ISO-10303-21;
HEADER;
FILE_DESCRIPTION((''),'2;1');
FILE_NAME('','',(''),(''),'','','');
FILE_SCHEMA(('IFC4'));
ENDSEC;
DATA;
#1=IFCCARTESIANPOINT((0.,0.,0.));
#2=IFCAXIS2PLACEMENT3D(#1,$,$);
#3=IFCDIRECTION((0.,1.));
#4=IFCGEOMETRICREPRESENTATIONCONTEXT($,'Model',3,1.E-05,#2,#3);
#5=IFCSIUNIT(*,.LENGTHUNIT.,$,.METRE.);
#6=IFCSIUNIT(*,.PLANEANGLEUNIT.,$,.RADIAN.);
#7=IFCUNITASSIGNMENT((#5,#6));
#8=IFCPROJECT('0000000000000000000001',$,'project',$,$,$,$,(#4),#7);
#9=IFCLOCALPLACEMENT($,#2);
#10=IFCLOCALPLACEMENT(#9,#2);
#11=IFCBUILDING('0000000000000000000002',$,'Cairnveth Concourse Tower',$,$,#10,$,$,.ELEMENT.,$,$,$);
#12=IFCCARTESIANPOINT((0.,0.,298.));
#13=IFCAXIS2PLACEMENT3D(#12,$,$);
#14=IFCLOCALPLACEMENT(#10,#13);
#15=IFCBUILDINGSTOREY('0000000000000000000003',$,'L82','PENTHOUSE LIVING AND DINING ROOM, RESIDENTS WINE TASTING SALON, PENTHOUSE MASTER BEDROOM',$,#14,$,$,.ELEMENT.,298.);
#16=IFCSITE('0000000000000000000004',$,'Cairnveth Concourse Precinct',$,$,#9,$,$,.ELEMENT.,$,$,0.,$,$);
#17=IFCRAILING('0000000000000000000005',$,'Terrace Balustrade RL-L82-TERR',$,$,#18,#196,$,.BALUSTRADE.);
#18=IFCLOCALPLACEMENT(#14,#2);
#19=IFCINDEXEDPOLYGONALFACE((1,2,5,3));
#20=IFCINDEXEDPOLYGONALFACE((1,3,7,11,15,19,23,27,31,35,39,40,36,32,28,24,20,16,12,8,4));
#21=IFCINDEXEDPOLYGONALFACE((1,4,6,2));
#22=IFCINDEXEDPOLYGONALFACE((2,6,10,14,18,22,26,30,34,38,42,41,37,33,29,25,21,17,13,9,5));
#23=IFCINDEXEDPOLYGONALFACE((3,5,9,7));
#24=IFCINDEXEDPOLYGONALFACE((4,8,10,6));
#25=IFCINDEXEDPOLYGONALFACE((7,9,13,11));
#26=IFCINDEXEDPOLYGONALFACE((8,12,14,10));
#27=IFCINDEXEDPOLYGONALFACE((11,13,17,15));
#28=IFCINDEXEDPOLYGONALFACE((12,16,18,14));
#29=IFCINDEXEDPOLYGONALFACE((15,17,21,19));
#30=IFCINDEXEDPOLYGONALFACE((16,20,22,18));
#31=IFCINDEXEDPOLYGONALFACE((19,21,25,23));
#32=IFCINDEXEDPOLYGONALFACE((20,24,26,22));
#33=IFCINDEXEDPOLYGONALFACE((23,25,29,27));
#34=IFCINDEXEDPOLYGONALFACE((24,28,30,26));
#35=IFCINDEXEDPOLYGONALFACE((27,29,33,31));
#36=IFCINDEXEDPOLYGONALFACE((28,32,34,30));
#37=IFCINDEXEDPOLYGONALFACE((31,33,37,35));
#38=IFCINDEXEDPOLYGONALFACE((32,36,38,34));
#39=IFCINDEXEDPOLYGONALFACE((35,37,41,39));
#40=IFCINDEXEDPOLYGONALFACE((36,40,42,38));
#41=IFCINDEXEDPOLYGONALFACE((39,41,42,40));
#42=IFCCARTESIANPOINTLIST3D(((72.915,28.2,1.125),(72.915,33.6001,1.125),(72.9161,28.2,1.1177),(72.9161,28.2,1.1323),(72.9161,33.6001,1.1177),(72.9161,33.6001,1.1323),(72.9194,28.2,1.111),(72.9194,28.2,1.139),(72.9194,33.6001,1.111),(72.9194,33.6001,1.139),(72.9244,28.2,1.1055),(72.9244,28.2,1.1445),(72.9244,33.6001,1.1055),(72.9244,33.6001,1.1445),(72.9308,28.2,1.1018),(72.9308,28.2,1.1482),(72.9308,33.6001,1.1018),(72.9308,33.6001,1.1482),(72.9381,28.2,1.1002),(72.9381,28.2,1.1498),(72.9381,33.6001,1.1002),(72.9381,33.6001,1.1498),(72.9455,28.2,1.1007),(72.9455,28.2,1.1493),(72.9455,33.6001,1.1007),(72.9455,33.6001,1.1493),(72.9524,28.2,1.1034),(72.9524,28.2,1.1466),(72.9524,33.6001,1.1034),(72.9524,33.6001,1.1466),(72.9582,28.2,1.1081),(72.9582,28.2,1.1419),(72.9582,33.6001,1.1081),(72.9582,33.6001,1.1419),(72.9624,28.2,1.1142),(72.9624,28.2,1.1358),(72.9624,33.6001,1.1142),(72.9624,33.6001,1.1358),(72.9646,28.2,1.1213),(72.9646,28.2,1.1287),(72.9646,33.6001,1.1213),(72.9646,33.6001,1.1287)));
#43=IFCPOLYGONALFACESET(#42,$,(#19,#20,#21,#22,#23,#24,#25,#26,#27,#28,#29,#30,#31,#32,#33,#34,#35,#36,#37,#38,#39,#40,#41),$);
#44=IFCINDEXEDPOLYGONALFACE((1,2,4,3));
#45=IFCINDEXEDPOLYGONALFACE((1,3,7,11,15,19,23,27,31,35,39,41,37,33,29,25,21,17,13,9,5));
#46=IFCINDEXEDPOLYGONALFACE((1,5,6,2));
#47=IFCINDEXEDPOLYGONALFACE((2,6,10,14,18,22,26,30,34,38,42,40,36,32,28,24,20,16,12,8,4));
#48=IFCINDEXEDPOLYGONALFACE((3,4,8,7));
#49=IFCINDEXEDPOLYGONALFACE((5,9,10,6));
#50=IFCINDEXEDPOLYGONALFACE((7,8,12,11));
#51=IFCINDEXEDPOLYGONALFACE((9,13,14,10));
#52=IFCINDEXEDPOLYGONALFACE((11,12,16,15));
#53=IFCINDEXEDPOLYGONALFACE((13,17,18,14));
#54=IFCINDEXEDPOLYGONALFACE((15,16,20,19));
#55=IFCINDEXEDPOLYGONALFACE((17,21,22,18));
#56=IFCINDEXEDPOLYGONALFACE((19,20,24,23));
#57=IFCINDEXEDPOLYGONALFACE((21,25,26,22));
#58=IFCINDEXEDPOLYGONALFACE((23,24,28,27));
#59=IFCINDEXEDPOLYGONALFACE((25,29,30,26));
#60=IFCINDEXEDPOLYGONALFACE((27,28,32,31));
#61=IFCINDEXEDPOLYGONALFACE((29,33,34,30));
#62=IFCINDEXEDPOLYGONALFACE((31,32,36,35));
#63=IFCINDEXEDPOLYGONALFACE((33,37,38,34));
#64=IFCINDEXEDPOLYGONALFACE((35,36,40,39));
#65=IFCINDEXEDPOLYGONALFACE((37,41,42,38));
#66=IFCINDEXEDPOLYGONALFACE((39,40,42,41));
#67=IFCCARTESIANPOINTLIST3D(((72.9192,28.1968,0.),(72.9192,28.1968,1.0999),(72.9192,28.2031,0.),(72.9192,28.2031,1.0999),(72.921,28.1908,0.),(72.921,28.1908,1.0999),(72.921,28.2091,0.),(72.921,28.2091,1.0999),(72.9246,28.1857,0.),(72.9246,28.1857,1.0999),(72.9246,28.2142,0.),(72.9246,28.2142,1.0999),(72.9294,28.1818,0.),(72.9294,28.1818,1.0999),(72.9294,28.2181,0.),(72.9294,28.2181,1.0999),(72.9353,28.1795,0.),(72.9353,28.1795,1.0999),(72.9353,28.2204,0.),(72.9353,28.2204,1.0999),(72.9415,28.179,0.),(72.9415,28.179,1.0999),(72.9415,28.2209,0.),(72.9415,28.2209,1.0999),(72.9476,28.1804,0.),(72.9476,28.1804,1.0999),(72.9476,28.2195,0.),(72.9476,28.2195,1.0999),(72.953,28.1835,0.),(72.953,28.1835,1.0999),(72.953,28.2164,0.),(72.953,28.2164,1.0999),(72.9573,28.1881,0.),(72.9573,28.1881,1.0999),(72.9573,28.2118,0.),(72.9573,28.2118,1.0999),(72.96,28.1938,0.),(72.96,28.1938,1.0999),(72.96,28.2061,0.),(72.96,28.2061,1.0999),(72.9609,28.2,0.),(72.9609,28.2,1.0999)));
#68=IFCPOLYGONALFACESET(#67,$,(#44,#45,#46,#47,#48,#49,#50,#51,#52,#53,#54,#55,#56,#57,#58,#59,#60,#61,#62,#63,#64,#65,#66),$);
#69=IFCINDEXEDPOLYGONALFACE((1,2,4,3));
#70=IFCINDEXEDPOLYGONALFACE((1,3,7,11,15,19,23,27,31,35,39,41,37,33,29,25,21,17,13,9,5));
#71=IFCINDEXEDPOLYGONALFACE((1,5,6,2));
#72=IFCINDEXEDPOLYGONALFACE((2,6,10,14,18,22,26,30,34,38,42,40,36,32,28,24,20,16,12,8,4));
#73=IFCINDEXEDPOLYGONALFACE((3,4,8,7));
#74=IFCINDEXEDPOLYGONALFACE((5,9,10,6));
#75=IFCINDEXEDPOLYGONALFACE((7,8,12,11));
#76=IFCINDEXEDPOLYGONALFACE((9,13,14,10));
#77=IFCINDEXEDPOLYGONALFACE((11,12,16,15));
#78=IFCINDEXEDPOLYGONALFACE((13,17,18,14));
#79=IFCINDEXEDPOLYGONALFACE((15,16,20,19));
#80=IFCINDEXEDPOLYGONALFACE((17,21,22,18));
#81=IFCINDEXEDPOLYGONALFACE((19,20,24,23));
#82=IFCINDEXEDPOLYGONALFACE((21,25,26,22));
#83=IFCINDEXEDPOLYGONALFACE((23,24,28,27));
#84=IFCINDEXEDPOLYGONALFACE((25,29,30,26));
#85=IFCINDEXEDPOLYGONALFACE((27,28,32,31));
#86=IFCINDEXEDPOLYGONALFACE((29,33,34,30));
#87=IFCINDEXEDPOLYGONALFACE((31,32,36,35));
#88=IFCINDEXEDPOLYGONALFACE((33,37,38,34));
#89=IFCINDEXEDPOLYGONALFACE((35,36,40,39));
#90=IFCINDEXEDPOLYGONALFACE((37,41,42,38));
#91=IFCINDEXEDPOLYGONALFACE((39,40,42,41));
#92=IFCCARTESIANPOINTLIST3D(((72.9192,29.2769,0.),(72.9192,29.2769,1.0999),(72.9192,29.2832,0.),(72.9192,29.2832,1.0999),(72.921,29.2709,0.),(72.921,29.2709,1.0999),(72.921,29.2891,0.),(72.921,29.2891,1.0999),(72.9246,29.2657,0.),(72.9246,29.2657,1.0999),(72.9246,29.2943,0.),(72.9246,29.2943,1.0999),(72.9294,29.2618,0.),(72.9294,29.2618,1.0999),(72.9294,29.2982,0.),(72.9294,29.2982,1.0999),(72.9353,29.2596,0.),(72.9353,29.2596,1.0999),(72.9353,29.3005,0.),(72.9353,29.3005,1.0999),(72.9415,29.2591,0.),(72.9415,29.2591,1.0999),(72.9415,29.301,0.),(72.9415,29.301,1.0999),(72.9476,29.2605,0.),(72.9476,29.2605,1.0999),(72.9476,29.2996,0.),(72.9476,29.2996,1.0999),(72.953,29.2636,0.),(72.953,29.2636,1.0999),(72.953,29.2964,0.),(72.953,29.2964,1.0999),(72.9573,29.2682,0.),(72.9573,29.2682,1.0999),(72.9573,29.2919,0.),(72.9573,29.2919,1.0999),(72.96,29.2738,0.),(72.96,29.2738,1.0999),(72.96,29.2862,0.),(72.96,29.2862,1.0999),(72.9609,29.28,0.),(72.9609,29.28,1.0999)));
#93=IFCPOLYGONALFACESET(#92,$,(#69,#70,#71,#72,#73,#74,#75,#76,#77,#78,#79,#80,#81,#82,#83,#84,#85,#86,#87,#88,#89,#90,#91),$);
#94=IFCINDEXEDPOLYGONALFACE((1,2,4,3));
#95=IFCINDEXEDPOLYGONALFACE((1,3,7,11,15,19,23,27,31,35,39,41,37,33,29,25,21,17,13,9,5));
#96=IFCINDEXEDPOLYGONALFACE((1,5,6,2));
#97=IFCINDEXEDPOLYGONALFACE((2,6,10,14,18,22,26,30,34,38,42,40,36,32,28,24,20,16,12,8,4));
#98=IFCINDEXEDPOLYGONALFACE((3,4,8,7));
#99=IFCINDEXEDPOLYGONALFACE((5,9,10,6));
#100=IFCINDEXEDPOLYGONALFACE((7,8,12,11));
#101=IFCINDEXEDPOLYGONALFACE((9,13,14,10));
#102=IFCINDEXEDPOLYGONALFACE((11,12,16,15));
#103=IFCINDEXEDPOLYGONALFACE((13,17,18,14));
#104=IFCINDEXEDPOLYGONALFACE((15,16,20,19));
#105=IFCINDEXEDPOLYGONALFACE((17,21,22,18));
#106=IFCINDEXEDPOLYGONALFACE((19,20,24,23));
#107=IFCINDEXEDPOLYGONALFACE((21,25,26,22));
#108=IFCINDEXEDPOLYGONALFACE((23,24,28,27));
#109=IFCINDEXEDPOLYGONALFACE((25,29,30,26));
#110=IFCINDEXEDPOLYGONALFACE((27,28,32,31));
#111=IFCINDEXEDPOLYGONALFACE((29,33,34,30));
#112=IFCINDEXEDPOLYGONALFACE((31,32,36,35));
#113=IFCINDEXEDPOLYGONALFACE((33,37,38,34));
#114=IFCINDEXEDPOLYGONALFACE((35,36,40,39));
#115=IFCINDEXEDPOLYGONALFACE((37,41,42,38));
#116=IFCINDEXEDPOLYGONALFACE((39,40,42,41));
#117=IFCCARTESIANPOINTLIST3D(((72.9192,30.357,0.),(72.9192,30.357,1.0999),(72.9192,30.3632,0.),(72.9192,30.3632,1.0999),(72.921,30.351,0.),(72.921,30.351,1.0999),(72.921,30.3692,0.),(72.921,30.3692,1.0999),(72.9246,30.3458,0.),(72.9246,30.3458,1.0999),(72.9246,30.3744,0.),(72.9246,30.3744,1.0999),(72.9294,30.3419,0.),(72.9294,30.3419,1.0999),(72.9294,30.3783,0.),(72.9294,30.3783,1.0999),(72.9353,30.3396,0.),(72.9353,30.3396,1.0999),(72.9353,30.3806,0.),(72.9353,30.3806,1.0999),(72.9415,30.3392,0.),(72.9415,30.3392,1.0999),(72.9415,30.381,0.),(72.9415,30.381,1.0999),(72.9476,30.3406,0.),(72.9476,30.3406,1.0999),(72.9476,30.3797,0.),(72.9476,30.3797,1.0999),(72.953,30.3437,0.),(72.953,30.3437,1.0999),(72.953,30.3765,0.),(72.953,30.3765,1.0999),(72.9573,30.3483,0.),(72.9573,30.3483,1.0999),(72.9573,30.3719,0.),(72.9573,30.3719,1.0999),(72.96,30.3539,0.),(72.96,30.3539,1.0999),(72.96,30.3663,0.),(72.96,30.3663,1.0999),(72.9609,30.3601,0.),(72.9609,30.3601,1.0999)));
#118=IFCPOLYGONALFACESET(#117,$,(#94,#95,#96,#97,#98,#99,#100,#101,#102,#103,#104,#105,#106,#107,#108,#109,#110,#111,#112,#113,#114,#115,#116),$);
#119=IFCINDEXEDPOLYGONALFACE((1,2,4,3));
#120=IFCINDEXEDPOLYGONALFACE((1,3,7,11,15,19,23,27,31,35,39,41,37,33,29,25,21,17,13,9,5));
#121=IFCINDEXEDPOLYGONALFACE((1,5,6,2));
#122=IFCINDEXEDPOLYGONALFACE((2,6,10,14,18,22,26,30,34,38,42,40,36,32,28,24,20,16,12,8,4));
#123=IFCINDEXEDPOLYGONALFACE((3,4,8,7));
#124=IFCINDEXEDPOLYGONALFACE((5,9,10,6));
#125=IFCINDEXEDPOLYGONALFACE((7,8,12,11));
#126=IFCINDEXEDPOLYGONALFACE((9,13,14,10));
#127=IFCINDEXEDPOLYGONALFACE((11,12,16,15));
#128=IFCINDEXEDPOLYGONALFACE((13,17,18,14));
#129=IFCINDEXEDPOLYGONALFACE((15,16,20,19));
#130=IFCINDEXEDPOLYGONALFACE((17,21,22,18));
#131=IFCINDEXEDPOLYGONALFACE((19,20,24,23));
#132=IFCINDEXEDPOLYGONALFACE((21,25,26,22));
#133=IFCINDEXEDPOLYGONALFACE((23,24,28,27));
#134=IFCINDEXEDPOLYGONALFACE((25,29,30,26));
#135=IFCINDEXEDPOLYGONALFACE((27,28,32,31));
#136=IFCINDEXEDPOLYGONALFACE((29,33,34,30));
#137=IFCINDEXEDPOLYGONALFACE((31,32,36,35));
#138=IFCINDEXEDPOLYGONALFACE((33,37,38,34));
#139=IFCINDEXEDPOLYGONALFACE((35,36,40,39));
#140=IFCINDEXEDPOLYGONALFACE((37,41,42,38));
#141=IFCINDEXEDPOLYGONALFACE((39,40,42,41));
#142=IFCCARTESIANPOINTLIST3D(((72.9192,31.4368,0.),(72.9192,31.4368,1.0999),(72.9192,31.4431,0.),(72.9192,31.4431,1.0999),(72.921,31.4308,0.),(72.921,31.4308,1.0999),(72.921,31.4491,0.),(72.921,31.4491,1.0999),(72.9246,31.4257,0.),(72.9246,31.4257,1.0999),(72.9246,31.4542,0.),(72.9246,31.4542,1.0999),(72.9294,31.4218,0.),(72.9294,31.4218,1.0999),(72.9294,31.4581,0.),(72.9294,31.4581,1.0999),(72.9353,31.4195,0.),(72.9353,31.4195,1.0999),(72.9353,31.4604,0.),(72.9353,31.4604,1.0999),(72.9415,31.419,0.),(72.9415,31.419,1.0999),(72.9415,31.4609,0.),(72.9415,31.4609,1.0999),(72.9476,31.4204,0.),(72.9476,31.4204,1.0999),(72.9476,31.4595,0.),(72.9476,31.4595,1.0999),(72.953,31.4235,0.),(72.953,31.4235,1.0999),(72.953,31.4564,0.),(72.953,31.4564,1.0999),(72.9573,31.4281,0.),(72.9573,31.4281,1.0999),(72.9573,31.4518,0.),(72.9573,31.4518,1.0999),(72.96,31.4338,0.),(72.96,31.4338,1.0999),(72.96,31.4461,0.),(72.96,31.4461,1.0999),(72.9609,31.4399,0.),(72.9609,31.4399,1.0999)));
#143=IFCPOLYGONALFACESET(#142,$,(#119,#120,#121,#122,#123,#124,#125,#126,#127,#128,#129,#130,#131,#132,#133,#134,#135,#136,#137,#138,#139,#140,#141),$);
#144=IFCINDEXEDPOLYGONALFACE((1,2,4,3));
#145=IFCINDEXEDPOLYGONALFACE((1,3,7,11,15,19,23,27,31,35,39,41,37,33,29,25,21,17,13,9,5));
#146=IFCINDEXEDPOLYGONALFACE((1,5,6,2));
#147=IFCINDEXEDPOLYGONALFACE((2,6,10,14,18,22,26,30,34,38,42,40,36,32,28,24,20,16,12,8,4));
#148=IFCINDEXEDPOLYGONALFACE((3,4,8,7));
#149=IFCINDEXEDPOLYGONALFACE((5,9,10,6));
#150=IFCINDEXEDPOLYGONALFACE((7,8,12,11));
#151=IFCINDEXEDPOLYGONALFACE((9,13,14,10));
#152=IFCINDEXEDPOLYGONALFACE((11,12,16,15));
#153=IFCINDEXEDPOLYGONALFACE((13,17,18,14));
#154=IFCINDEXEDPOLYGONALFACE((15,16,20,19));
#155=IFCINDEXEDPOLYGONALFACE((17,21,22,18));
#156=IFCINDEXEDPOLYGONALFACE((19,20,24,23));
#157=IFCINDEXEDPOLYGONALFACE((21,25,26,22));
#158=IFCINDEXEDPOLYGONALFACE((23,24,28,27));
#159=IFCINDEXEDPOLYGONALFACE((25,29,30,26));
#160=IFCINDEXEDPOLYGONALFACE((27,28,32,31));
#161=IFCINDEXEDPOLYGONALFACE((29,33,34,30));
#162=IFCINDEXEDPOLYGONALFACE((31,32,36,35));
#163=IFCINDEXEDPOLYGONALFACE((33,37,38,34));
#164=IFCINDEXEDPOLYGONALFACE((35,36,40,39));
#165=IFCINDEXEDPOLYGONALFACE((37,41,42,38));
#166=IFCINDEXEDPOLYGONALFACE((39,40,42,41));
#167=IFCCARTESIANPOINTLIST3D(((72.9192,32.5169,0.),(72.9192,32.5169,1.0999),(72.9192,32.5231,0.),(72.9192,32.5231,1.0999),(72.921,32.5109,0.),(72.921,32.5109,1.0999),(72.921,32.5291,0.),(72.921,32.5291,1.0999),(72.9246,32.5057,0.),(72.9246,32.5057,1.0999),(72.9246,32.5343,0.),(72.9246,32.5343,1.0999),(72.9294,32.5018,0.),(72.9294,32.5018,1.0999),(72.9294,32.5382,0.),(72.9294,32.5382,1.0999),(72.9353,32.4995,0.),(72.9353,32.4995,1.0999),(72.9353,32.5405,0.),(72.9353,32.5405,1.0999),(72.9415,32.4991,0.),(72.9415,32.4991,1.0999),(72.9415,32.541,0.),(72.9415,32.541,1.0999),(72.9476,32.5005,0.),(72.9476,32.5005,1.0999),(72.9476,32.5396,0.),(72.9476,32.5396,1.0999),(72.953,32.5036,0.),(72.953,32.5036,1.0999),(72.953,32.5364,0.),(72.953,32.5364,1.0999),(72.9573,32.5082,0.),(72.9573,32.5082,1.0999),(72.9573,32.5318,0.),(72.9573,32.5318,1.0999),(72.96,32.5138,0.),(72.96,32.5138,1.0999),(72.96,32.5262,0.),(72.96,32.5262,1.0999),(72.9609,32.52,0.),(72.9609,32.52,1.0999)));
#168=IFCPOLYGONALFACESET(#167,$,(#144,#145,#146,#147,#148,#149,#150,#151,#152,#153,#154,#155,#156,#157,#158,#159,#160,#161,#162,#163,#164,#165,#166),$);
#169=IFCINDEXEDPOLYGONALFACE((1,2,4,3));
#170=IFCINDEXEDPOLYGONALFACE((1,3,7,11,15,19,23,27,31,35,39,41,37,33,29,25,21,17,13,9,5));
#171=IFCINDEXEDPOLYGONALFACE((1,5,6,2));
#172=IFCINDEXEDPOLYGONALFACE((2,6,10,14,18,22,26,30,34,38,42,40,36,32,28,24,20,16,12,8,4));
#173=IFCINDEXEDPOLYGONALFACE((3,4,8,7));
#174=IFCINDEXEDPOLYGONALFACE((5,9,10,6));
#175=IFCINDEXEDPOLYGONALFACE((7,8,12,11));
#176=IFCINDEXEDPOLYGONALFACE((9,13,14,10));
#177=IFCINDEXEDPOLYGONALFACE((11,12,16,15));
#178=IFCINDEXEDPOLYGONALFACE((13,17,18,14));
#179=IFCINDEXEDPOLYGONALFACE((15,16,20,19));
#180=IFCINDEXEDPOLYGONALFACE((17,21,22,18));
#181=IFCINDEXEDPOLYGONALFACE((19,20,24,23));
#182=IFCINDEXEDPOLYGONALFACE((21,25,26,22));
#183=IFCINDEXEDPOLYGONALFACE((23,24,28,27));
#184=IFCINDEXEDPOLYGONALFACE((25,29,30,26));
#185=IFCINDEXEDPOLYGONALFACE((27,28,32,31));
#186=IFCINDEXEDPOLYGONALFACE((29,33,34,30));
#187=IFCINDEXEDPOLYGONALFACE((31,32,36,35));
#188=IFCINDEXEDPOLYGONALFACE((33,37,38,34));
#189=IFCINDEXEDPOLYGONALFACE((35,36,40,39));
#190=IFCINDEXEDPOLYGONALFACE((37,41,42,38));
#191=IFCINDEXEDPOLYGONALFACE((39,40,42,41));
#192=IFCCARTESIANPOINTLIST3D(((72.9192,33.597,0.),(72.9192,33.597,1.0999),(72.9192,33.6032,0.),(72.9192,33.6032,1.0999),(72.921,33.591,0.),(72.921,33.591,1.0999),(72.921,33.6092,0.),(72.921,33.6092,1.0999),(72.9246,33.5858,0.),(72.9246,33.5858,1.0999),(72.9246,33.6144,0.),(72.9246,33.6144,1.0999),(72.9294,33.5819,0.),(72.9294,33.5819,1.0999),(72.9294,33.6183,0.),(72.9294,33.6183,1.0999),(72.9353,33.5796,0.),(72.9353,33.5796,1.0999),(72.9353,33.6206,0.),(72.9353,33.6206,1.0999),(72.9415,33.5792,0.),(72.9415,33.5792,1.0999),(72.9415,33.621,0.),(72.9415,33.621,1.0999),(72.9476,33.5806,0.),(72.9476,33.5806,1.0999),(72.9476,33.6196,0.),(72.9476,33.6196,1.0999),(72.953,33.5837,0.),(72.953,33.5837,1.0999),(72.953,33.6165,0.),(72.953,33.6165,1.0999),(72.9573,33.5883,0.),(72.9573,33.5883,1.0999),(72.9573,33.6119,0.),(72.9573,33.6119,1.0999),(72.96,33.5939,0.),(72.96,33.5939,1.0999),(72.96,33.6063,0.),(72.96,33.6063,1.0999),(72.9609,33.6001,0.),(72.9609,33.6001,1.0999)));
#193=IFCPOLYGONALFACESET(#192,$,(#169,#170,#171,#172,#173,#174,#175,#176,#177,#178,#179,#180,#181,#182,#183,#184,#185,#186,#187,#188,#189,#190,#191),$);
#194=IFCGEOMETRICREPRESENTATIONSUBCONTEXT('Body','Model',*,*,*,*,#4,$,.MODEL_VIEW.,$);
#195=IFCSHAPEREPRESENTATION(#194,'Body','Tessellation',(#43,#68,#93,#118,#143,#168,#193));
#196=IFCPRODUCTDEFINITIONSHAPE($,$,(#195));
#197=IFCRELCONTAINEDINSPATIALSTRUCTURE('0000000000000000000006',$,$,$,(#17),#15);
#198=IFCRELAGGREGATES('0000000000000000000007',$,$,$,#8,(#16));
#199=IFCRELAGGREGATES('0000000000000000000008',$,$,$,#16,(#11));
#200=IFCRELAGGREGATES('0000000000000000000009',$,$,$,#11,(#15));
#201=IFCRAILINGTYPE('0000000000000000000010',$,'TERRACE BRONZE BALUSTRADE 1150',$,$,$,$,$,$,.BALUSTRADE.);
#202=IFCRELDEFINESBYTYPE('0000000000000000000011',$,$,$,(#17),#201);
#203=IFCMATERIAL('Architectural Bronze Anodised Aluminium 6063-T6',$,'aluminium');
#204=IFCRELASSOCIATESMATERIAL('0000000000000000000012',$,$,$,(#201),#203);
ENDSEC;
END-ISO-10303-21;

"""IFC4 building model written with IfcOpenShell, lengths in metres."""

from ifc_helpers import new_model, si_unit, direction, frame, origin, origin_2d, place, context, subcontext, project, spatial, circle, extrude, material, type_object, element, save


model = new_model("IFC4")

# Units and contexts
model_context = context("Model", 3, precision=1e-05, world=origin(), true_north=direction((0.0, 1.0)))
body_context = subcontext(model_context, "Body", "Model", "MODEL_VIEW")
ifc_project = project(units=[si_unit("LENGTHUNIT", "METRE"), si_unit("PLANEANGLEUNIT", "RADIAN")], contexts=[model_context])

# Site, building, storey
site_placement = place(None, origin())
site = spatial("IfcSite", under=ifc_project, at=site_placement, Name="Cairnveth Concourse Precinct", CompositionType="ELEMENT", RefElevation=0.0)
building_placement = place(site_placement, origin())
building = spatial("IfcBuilding", under=site, at=building_placement, Name="Cairnveth Concourse Tower", CompositionType="ELEMENT")
storey_placement = place(building_placement, frame((0.0, 0.0, 298.0)))
storey = spatial("IfcBuildingStorey", under=building, at=storey_placement, Name="L82", Description="PENTHOUSE LIVING AND DINING ROOM, RESIDENTS WINE TASTING SALON, PENTHOUSE MASTER BEDROOM", CompositionType="ELEMENT", Elevation=298.0)

# Shared definitions
ifc_material_1 = material(Name="Architectural Bronze Anodised Aluminium 6063-T6", Category="aluminium")

# Railing
railing_type = type_object("IfcRailingType", Name="TERRACE BRONZE BALUSTRADE 1150", PredefinedType="BALUSTRADE", material=ifc_material_1)
railing_placement = place(storey_placement, frame((72.9399, 28.2, 0.0)))
element("IfcRailing", 1, at=railing_placement, inside=storey, type_object=railing_type, Name="Terrace Balustrade RL-L82-TERR", PredefinedType="BALUSTRADE", context=body_context, shape_type="SweptSolid", body=[
    extrude(circle(Radius=0.0249, at=origin_2d()), frame((0.0, 0.0, 1.125), z_axis=(0.0, 1.0, 0.0), x_axis=(-1.0, 0.0, 0.0)), (0.0, 0.0, 1.0), 5.4001),
    extrude(circle(Radius=0.021, at=origin_2d()), origin(), (0.0, 0.0, 1.0), 1.0999),
    extrude(circle(Radius=0.021, at=origin_2d()), frame((0.0, 1.0801, 0.0)), (0.0, 0.0, 1.0), 1.0999),
    extrude(circle(Radius=0.021, at=origin_2d()), frame((0.0, 2.1602, 0.0)), (0.0, 0.0, 1.0), 1.0999),
    extrude(circle(Radius=0.021, at=origin_2d()), frame((0.0, 3.24, 0.0)), (0.0, 0.0, 1.0), 1.0999),
    extrude(circle(Radius=0.021, at=origin_2d()), frame((0.0, 4.3201, 0.0)), (0.0, 0.0, 1.0), 1.0999),
    extrude(circle(Radius=0.021, at=origin_2d()), frame((0.0, 5.4001, 0.0)), (0.0, 0.0, 1.0), 1.0999),
])

save(model, "model.ifc")
